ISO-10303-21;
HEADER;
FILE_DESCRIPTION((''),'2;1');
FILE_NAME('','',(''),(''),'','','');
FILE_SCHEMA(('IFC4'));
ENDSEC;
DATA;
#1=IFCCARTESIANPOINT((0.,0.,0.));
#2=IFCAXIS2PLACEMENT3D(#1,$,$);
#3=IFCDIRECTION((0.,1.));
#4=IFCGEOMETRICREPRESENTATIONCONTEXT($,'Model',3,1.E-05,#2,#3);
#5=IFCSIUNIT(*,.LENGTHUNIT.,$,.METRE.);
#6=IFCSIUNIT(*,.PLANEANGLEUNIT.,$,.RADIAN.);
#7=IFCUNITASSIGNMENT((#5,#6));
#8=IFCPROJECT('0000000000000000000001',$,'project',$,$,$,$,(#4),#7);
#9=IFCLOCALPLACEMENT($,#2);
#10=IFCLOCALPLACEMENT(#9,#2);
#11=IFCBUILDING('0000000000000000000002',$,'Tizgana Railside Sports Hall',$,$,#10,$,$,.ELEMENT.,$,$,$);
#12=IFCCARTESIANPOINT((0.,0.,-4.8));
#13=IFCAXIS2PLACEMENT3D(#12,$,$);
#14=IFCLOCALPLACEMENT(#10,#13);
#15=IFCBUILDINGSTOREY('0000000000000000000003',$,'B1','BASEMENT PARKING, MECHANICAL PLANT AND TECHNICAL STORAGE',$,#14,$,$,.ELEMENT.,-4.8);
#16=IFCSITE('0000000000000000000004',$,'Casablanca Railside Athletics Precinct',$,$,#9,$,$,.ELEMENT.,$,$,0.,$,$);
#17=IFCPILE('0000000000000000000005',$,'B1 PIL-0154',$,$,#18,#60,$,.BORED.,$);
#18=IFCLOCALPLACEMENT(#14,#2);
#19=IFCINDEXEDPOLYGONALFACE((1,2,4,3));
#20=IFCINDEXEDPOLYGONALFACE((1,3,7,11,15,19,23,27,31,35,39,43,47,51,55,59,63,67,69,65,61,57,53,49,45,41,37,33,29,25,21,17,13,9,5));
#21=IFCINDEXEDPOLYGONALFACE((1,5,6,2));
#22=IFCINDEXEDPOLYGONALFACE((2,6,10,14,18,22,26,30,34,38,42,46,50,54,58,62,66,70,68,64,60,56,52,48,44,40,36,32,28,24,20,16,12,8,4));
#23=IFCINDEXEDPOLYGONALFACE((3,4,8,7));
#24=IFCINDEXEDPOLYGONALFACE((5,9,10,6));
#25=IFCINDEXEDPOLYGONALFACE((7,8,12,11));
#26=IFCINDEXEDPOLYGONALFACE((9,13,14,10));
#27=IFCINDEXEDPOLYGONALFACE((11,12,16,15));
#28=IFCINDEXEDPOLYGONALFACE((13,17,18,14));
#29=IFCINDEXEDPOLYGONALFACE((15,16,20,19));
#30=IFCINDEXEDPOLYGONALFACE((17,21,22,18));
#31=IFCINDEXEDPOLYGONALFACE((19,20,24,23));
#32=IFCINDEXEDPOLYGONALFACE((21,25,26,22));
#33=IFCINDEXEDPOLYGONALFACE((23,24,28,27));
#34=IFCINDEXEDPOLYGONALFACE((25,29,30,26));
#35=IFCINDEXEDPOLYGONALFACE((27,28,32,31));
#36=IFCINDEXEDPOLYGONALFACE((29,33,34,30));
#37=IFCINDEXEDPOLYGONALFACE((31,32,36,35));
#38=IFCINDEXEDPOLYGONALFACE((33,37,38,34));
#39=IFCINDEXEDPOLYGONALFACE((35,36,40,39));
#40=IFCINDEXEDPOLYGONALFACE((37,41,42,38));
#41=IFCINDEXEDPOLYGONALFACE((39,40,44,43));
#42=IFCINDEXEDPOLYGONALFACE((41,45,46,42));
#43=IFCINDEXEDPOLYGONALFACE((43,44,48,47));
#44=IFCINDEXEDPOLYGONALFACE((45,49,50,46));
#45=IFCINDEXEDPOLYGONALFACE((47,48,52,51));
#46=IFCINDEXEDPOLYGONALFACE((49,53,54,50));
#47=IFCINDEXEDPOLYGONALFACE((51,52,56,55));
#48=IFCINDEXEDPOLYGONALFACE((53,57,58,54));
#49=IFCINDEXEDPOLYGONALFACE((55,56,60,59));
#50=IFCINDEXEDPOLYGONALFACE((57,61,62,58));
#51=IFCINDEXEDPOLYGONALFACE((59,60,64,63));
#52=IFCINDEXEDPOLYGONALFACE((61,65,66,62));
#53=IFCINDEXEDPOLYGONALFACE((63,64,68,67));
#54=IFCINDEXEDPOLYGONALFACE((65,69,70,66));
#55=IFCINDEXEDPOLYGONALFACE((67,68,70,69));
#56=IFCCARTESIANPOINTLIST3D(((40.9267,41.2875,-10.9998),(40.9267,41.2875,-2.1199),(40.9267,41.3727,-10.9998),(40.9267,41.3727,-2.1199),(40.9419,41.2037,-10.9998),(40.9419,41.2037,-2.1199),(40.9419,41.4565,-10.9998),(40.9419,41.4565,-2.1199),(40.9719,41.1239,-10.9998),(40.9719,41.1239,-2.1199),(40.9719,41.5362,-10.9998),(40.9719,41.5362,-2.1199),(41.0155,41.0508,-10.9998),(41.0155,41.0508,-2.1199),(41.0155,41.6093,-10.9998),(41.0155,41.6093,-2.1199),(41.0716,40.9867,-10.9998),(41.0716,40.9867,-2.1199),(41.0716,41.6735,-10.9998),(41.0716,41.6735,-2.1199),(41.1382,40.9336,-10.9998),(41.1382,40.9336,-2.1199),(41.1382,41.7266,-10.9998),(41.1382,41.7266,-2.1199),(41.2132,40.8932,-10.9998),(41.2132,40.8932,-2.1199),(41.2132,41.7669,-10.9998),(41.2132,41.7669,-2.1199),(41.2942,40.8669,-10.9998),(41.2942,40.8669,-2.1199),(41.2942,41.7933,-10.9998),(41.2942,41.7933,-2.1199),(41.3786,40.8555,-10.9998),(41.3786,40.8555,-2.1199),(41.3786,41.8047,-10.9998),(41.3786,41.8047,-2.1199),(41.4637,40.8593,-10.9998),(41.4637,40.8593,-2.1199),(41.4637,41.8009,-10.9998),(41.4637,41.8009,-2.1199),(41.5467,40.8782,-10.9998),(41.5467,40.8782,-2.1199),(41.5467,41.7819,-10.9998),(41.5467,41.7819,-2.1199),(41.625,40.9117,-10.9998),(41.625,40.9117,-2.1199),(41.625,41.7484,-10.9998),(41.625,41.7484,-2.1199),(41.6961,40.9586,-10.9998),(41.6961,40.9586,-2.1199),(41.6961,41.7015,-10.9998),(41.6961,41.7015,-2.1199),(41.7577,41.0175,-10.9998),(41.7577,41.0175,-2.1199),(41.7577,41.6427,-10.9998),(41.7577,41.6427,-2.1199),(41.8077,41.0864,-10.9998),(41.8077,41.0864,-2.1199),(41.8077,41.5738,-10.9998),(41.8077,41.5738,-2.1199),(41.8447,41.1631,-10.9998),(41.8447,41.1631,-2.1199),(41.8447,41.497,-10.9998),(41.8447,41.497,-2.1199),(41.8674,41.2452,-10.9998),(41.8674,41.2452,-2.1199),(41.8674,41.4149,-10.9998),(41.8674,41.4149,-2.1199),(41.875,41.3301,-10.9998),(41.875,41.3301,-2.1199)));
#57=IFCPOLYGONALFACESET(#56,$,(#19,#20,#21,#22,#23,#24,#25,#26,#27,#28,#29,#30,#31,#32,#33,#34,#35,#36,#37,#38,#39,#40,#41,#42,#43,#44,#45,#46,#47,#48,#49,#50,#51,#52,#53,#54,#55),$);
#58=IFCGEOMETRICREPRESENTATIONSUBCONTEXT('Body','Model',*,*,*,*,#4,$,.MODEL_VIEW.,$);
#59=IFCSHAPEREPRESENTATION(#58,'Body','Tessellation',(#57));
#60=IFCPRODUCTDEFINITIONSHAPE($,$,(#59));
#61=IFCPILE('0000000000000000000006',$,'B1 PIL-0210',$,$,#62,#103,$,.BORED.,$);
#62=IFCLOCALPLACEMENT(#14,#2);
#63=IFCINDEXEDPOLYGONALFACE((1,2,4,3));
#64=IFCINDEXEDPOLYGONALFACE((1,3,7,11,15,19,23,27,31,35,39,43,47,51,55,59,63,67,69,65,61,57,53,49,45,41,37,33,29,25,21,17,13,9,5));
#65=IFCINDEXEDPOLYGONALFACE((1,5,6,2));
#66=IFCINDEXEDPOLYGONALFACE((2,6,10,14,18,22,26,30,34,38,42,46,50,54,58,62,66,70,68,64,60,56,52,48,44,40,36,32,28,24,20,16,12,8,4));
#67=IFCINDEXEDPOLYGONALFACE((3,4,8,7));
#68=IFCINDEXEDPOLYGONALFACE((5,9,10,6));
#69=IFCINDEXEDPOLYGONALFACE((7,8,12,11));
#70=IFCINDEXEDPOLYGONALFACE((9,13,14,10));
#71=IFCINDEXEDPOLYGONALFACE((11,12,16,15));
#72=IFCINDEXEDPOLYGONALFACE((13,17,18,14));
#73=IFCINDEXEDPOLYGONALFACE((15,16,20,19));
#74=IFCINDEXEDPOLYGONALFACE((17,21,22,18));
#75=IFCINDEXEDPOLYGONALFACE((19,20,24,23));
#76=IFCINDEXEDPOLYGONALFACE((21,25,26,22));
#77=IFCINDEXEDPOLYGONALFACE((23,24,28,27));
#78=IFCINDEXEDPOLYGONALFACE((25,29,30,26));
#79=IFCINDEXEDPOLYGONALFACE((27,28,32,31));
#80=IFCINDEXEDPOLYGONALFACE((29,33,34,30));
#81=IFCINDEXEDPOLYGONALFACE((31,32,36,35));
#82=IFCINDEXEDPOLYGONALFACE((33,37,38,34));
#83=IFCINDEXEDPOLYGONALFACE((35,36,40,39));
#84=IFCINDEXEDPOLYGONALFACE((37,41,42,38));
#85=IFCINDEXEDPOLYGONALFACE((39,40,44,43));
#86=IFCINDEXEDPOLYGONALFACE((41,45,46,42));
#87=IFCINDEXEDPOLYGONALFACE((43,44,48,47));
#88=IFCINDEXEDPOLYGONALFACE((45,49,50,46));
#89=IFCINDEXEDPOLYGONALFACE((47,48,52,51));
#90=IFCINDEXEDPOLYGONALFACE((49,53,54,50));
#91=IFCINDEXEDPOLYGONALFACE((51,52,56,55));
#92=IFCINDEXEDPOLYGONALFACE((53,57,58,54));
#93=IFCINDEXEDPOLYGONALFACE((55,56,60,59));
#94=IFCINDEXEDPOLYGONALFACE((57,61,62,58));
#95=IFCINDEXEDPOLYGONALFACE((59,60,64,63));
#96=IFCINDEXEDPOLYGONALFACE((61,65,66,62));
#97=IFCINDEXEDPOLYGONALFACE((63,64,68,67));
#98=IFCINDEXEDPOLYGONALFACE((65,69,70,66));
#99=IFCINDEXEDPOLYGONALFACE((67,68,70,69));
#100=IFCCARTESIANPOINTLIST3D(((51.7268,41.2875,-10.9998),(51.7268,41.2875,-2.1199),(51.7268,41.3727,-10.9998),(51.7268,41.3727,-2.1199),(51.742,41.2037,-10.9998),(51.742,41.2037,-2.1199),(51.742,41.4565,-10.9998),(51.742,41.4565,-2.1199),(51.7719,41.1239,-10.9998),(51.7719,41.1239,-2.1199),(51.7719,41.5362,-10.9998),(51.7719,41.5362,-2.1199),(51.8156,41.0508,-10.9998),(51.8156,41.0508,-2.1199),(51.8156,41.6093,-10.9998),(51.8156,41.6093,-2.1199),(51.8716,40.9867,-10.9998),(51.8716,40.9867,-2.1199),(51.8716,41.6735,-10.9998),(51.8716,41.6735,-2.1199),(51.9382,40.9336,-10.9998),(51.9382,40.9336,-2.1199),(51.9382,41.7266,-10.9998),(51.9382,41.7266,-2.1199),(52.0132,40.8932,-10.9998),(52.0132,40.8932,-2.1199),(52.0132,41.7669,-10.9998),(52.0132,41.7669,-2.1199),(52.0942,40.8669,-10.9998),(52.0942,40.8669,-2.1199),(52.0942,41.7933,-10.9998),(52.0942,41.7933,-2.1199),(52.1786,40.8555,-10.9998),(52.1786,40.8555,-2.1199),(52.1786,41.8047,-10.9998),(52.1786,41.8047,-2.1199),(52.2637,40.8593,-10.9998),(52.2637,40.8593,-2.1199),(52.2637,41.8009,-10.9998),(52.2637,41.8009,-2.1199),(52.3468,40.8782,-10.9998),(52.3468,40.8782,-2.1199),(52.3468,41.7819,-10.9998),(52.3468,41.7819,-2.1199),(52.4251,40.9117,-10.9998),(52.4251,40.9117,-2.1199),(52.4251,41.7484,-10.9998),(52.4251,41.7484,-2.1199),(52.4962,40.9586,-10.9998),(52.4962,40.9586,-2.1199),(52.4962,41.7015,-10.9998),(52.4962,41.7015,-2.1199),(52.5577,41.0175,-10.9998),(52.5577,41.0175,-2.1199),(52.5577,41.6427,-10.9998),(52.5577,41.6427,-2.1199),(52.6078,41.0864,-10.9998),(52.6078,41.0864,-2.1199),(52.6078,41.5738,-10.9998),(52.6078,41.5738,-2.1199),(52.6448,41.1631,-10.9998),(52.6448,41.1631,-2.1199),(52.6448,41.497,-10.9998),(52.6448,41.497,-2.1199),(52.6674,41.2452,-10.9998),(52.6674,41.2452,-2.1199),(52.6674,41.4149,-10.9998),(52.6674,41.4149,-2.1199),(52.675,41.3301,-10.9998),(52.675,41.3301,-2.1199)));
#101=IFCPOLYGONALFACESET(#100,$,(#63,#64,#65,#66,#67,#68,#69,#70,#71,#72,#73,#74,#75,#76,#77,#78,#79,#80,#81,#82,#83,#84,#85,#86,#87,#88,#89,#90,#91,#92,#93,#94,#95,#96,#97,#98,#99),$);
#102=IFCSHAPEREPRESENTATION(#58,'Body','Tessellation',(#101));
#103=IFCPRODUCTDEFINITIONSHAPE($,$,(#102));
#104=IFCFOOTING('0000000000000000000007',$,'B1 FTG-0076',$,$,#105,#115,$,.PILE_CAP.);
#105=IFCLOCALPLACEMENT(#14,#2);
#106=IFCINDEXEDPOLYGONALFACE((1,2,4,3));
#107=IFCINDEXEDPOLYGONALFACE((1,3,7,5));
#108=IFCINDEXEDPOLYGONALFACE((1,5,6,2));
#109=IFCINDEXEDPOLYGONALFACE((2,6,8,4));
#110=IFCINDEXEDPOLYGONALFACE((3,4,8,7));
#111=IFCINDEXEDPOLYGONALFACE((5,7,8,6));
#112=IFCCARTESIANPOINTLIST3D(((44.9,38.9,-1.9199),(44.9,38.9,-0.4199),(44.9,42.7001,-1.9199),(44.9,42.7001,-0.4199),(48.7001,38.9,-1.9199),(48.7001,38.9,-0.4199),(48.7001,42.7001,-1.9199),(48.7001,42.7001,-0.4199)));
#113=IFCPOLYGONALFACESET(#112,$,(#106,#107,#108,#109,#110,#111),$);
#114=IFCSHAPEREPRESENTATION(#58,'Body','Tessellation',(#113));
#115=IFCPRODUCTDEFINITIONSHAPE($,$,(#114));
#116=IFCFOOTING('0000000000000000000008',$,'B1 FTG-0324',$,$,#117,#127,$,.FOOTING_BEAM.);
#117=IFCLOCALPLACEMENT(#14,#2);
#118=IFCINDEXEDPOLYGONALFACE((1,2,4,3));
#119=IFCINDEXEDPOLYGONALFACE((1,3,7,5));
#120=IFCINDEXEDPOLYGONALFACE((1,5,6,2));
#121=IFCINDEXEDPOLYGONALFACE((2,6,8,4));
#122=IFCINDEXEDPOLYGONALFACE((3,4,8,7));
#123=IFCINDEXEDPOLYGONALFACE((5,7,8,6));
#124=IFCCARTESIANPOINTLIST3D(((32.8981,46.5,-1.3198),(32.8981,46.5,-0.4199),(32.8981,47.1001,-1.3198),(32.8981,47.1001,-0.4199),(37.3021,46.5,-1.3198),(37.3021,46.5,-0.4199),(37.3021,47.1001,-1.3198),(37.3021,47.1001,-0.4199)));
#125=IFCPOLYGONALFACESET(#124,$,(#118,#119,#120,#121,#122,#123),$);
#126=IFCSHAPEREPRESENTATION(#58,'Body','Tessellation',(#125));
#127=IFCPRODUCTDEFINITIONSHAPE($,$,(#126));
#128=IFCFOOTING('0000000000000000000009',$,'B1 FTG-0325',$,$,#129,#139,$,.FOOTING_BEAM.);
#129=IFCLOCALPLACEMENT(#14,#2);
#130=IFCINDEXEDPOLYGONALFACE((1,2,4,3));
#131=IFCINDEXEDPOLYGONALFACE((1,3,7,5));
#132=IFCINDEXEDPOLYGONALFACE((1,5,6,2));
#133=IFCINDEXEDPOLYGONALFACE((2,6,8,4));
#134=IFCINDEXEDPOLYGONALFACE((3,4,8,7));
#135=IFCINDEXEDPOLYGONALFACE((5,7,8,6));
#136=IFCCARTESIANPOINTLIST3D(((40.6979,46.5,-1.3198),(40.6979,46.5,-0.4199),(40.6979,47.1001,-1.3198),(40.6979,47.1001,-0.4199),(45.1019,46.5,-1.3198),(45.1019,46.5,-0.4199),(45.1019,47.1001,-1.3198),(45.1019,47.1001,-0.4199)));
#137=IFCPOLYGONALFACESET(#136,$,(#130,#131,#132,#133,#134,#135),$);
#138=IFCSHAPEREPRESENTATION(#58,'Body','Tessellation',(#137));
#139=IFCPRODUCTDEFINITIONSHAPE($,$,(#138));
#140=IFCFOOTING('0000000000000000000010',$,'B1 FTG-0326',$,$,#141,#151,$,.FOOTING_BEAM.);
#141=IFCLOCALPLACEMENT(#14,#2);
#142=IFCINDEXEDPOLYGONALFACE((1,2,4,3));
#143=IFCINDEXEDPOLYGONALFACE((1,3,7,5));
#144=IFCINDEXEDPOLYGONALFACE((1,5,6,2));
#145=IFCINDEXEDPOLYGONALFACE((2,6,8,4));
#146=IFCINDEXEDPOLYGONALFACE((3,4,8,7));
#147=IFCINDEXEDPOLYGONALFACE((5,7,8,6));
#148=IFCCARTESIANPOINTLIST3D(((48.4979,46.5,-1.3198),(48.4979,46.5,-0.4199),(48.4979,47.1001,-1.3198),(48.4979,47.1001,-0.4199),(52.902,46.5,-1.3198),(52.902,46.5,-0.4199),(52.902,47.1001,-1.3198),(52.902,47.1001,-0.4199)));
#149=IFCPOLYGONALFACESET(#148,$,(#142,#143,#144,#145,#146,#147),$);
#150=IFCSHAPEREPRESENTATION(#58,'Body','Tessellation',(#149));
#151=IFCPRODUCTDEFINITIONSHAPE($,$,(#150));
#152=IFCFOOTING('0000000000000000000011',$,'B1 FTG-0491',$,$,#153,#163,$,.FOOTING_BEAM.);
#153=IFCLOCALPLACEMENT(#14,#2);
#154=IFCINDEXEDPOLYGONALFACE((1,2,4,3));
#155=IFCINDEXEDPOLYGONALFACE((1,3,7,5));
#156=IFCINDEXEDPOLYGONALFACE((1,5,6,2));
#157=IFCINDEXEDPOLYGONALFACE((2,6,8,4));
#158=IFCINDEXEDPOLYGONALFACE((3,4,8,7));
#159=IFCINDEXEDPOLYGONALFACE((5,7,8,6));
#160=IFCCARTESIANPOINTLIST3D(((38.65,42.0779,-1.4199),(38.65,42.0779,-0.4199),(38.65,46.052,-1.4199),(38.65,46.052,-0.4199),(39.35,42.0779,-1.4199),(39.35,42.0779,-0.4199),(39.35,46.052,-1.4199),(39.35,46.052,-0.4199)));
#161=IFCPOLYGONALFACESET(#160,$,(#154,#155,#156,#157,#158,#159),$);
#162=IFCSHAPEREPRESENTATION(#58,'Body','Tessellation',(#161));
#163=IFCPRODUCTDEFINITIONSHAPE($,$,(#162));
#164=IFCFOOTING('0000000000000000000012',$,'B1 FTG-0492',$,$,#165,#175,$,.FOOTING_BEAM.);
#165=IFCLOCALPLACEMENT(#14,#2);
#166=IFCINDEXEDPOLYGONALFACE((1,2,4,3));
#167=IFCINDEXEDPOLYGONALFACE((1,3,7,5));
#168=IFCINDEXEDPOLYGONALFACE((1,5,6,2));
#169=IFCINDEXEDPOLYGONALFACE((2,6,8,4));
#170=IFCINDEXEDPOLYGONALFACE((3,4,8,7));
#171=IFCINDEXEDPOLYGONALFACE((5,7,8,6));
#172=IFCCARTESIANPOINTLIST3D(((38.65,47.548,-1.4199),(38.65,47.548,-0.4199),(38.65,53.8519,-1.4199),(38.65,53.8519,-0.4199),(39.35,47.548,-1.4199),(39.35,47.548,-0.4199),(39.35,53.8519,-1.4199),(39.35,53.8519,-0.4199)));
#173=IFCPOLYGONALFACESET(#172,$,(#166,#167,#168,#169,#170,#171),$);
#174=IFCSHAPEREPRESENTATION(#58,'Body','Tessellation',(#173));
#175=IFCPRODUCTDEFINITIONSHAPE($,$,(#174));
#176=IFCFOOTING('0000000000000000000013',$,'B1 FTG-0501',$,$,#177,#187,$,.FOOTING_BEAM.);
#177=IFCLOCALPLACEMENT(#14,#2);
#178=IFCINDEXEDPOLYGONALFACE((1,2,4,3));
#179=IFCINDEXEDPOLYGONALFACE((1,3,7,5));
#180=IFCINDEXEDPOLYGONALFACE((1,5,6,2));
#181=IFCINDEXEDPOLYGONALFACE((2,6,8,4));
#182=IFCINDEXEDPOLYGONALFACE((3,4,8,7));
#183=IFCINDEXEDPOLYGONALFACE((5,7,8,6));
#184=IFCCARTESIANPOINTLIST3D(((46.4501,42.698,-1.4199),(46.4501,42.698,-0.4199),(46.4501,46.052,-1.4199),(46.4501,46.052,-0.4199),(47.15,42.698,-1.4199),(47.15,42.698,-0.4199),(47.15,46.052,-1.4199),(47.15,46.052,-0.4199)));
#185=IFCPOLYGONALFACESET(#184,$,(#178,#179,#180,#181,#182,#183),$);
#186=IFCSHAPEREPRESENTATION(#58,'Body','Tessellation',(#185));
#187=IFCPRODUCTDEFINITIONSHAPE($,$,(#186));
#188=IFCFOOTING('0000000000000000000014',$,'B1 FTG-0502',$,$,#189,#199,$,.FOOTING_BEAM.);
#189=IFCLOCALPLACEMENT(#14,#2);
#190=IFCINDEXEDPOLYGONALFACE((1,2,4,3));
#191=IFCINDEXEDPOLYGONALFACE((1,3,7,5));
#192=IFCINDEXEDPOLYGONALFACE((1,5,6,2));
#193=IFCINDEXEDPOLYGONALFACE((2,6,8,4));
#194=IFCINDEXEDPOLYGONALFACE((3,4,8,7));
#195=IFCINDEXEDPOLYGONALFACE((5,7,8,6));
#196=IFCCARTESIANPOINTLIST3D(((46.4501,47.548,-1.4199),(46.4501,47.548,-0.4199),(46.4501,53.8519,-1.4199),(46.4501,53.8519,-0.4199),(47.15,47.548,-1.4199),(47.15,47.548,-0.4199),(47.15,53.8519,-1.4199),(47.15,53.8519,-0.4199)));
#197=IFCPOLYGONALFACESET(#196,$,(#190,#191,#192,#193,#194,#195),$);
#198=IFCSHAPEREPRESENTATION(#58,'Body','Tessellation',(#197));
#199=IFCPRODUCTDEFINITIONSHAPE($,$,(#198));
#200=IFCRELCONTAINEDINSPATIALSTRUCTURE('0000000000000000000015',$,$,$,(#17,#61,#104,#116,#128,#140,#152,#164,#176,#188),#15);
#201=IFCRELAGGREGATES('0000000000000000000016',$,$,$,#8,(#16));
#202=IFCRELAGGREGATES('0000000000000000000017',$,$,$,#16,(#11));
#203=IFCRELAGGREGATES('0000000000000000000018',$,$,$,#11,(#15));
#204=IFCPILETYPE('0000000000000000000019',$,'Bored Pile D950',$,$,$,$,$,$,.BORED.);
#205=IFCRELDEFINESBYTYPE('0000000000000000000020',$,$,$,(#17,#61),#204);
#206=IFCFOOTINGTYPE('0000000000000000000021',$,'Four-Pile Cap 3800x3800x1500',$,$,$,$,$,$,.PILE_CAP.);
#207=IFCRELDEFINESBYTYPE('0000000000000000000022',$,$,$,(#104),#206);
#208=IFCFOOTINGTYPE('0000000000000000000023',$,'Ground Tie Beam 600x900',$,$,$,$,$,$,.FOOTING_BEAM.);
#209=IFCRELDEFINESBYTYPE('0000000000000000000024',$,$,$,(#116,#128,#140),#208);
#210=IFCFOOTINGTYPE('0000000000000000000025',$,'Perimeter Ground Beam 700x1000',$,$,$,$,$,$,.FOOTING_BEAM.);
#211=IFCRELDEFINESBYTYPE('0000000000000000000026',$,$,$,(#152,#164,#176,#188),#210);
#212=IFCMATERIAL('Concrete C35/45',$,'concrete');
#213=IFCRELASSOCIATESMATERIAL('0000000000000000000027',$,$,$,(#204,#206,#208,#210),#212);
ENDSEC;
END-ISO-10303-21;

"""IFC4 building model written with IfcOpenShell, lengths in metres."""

from ifc_helpers import new_model, si_unit, direction, frame, origin, origin_2d, place, context, subcontext, project, spatial, rectangle, circle, extrude, material, material_profile, profile_set, type_object, element, save


model = new_model("IFC4")

# Units and contexts
model_context = context("Model", 3, precision=1e-05, world=origin(), true_north=direction((0.0, 1.0)))
body_context = subcontext(model_context, "Body", "Model", "MODEL_VIEW")
ifc_project = project(units=[si_unit("LENGTHUNIT", "METRE"), si_unit("PLANEANGLEUNIT", "RADIAN")], contexts=[model_context])

# Site, building, storey
site_placement = place(None, origin())
site = spatial("IfcSite", under=ifc_project, at=site_placement, Name="Casablanca Railside Athletics Precinct", CompositionType="ELEMENT", RefElevation=0.0)
building_placement = place(site_placement, origin())
building = spatial("IfcBuilding", under=site, at=building_placement, Name="Tizgana Railside Sports Hall", CompositionType="ELEMENT")
storey_placement = place(building_placement, frame((0.0, 0.0, -4.8)))
storey = spatial("IfcBuildingStorey", under=building, at=storey_placement, Name="B1", Description="BASEMENT PARKING, MECHANICAL PLANT AND TECHNICAL STORAGE", CompositionType="ELEMENT", Elevation=-4.8)

# Piles
ifc_material_1 = material(Name="Concrete C35/45", Category="concrete")
ifc_material_profile_1 = material_profile(ifc_material_1, circle(Radius=0.4751, at=origin_2d()), Name="PILE D950")
ifc_profile_set_1 = profile_set([ifc_material_profile_1], Name="Concrete C35/45")
pile_type_1 = type_object("IfcPileType", Name="Bored Pile D950", PredefinedType="BORED", material=ifc_profile_set_1)
for number, where, z_axis, x_axis, name in (
    (1, (41.3999, 41.3301, -2.1199), (0.0, 0.0, -1.0), (1.0, 0.0, 0.0), "B1 PIL-0154"),
    (2, (52.2, 41.3301, -2.1199), (0.0, 0.0, -1.0), (1.0, 0.0, 0.0), "B1 PIL-0210"),
):
    element("IfcPile", number, at=place(storey_placement, frame(where, z_axis=z_axis, x_axis=x_axis)), inside=storey, type_object=pile_type_1, Name=name, PredefinedType="BORED", context=body_context, shape_type="SweptSolid", body=[
        extrude(circle(Radius=0.4751, at=origin_2d()), origin(), (0.0, 0.0, 1.0), 8.8799),
    ])

# Footings
footing_type_1 = type_object("IfcFootingType", Name="Four-Pile Cap 3800x3800x1500", PredefinedType="PILE_CAP", material=ifc_material_1)
footing_1_placement = place(storey_placement, frame((46.8, 40.8, -1.9199), z_axis=(0.0, 0.0, 1.0), x_axis=(1.0, 0.0, 0.0)))
element("IfcFooting", 3, at=footing_1_placement, inside=storey, type_object=footing_type_1, Name="B1 FTG-0076", PredefinedType="PILE_CAP", context=body_context, shape_type="SweptSolid", body=[
    extrude(rectangle(XDim=3.8, YDim=3.8, at=origin_2d()), origin(), (0.0, 0.0, 1.0), 1.5),
])
footing_type_2 = type_object("IfcFootingType", Name="Ground Tie Beam 600x900", PredefinedType="FOOTING_BEAM", material=ifc_material_1)
for number, where, z_axis, x_axis, name in (
    (4, (35.1001, 46.8, -1.3198), (0.0, 0.0, 1.0), (1.0, 0.0, 0.0), "B1 FTG-0324"),
    (5, (42.8999, 46.8, -1.3198), (0.0, 0.0, 1.0), (1.0, 0.0, 0.0), "B1 FTG-0325"),
    (6, (50.7, 46.8, -1.3198), (0.0, 0.0, 1.0), (1.0, 0.0, 0.0), "B1 FTG-0326"),
):
    element("IfcFooting", number, at=place(storey_placement, frame(where, z_axis=z_axis, x_axis=x_axis)), inside=storey, type_object=footing_type_2, Name=name, PredefinedType="FOOTING_BEAM", context=body_context, shape_type="SweptSolid", body=[
        extrude(rectangle(XDim=4.4041, YDim=0.6001, at=origin_2d()), origin(), (0.0, 0.0, 1.0), 0.8999),
    ])
footing_type_3 = type_object("IfcFootingType", Name="Perimeter Ground Beam 700x1000", PredefinedType="FOOTING_BEAM", material=ifc_material_1)
footing_2_placement = place(storey_placement, frame((39.0, 44.0649, -1.4199), z_axis=(0.0, 0.0, 1.0), x_axis=(0.0, 1.0, 0.0)))
element("IfcFooting", 7, at=footing_2_placement, inside=storey, type_object=footing_type_3, Name="B1 FTG-0491", PredefinedType="FOOTING_BEAM", context=body_context, shape_type="SweptSolid", body=[
    extrude(rectangle(XDim=3.9741, YDim=0.7, at=origin_2d()), origin(), (0.0, 0.0, 1.0), 1.0),
])
footing_3_placement = place(storey_placement, frame((39.0, 50.7, -1.4199), z_axis=(0.0, 0.0, 1.0), x_axis=(0.0, 1.0, 0.0)))
element("IfcFooting", 8, at=footing_3_placement, inside=storey, type_object=footing_type_3, Name="B1 FTG-0492", PredefinedType="FOOTING_BEAM", context=body_context, shape_type="SweptSolid", body=[
    extrude(rectangle(XDim=6.304, YDim=0.7, at=origin_2d()), origin(), (0.0, 0.0, 1.0), 1.0),
])
footing_4_placement = place(storey_placement, frame((46.8, 44.375, -1.4199), z_axis=(0.0, 0.0, 1.0), x_axis=(0.0, 1.0, 0.0)))
element("IfcFooting", 9, at=footing_4_placement, inside=storey, type_object=footing_type_3, Name="B1 FTG-0501", PredefinedType="FOOTING_BEAM", context=body_context, shape_type="SweptSolid", body=[
    extrude(rectangle(XDim=3.354, YDim=0.7, at=origin_2d()), origin(), (0.0, 0.0, 1.0), 1.0),
])
footing_5_placement = place(storey_placement, frame((46.8, 50.7, -1.4199), z_axis=(0.0, 0.0, 1.0), x_axis=(0.0, 1.0, 0.0)))
element("IfcFooting", 10, at=footing_5_placement, inside=storey, type_object=footing_type_3, Name="B1 FTG-0502", PredefinedType="FOOTING_BEAM", context=body_context, shape_type="SweptSolid", body=[
    extrude(rectangle(XDim=6.304, YDim=0.7, at=origin_2d()), origin(), (0.0, 0.0, 1.0), 1.0),
])

save(model, "model.ifc")
